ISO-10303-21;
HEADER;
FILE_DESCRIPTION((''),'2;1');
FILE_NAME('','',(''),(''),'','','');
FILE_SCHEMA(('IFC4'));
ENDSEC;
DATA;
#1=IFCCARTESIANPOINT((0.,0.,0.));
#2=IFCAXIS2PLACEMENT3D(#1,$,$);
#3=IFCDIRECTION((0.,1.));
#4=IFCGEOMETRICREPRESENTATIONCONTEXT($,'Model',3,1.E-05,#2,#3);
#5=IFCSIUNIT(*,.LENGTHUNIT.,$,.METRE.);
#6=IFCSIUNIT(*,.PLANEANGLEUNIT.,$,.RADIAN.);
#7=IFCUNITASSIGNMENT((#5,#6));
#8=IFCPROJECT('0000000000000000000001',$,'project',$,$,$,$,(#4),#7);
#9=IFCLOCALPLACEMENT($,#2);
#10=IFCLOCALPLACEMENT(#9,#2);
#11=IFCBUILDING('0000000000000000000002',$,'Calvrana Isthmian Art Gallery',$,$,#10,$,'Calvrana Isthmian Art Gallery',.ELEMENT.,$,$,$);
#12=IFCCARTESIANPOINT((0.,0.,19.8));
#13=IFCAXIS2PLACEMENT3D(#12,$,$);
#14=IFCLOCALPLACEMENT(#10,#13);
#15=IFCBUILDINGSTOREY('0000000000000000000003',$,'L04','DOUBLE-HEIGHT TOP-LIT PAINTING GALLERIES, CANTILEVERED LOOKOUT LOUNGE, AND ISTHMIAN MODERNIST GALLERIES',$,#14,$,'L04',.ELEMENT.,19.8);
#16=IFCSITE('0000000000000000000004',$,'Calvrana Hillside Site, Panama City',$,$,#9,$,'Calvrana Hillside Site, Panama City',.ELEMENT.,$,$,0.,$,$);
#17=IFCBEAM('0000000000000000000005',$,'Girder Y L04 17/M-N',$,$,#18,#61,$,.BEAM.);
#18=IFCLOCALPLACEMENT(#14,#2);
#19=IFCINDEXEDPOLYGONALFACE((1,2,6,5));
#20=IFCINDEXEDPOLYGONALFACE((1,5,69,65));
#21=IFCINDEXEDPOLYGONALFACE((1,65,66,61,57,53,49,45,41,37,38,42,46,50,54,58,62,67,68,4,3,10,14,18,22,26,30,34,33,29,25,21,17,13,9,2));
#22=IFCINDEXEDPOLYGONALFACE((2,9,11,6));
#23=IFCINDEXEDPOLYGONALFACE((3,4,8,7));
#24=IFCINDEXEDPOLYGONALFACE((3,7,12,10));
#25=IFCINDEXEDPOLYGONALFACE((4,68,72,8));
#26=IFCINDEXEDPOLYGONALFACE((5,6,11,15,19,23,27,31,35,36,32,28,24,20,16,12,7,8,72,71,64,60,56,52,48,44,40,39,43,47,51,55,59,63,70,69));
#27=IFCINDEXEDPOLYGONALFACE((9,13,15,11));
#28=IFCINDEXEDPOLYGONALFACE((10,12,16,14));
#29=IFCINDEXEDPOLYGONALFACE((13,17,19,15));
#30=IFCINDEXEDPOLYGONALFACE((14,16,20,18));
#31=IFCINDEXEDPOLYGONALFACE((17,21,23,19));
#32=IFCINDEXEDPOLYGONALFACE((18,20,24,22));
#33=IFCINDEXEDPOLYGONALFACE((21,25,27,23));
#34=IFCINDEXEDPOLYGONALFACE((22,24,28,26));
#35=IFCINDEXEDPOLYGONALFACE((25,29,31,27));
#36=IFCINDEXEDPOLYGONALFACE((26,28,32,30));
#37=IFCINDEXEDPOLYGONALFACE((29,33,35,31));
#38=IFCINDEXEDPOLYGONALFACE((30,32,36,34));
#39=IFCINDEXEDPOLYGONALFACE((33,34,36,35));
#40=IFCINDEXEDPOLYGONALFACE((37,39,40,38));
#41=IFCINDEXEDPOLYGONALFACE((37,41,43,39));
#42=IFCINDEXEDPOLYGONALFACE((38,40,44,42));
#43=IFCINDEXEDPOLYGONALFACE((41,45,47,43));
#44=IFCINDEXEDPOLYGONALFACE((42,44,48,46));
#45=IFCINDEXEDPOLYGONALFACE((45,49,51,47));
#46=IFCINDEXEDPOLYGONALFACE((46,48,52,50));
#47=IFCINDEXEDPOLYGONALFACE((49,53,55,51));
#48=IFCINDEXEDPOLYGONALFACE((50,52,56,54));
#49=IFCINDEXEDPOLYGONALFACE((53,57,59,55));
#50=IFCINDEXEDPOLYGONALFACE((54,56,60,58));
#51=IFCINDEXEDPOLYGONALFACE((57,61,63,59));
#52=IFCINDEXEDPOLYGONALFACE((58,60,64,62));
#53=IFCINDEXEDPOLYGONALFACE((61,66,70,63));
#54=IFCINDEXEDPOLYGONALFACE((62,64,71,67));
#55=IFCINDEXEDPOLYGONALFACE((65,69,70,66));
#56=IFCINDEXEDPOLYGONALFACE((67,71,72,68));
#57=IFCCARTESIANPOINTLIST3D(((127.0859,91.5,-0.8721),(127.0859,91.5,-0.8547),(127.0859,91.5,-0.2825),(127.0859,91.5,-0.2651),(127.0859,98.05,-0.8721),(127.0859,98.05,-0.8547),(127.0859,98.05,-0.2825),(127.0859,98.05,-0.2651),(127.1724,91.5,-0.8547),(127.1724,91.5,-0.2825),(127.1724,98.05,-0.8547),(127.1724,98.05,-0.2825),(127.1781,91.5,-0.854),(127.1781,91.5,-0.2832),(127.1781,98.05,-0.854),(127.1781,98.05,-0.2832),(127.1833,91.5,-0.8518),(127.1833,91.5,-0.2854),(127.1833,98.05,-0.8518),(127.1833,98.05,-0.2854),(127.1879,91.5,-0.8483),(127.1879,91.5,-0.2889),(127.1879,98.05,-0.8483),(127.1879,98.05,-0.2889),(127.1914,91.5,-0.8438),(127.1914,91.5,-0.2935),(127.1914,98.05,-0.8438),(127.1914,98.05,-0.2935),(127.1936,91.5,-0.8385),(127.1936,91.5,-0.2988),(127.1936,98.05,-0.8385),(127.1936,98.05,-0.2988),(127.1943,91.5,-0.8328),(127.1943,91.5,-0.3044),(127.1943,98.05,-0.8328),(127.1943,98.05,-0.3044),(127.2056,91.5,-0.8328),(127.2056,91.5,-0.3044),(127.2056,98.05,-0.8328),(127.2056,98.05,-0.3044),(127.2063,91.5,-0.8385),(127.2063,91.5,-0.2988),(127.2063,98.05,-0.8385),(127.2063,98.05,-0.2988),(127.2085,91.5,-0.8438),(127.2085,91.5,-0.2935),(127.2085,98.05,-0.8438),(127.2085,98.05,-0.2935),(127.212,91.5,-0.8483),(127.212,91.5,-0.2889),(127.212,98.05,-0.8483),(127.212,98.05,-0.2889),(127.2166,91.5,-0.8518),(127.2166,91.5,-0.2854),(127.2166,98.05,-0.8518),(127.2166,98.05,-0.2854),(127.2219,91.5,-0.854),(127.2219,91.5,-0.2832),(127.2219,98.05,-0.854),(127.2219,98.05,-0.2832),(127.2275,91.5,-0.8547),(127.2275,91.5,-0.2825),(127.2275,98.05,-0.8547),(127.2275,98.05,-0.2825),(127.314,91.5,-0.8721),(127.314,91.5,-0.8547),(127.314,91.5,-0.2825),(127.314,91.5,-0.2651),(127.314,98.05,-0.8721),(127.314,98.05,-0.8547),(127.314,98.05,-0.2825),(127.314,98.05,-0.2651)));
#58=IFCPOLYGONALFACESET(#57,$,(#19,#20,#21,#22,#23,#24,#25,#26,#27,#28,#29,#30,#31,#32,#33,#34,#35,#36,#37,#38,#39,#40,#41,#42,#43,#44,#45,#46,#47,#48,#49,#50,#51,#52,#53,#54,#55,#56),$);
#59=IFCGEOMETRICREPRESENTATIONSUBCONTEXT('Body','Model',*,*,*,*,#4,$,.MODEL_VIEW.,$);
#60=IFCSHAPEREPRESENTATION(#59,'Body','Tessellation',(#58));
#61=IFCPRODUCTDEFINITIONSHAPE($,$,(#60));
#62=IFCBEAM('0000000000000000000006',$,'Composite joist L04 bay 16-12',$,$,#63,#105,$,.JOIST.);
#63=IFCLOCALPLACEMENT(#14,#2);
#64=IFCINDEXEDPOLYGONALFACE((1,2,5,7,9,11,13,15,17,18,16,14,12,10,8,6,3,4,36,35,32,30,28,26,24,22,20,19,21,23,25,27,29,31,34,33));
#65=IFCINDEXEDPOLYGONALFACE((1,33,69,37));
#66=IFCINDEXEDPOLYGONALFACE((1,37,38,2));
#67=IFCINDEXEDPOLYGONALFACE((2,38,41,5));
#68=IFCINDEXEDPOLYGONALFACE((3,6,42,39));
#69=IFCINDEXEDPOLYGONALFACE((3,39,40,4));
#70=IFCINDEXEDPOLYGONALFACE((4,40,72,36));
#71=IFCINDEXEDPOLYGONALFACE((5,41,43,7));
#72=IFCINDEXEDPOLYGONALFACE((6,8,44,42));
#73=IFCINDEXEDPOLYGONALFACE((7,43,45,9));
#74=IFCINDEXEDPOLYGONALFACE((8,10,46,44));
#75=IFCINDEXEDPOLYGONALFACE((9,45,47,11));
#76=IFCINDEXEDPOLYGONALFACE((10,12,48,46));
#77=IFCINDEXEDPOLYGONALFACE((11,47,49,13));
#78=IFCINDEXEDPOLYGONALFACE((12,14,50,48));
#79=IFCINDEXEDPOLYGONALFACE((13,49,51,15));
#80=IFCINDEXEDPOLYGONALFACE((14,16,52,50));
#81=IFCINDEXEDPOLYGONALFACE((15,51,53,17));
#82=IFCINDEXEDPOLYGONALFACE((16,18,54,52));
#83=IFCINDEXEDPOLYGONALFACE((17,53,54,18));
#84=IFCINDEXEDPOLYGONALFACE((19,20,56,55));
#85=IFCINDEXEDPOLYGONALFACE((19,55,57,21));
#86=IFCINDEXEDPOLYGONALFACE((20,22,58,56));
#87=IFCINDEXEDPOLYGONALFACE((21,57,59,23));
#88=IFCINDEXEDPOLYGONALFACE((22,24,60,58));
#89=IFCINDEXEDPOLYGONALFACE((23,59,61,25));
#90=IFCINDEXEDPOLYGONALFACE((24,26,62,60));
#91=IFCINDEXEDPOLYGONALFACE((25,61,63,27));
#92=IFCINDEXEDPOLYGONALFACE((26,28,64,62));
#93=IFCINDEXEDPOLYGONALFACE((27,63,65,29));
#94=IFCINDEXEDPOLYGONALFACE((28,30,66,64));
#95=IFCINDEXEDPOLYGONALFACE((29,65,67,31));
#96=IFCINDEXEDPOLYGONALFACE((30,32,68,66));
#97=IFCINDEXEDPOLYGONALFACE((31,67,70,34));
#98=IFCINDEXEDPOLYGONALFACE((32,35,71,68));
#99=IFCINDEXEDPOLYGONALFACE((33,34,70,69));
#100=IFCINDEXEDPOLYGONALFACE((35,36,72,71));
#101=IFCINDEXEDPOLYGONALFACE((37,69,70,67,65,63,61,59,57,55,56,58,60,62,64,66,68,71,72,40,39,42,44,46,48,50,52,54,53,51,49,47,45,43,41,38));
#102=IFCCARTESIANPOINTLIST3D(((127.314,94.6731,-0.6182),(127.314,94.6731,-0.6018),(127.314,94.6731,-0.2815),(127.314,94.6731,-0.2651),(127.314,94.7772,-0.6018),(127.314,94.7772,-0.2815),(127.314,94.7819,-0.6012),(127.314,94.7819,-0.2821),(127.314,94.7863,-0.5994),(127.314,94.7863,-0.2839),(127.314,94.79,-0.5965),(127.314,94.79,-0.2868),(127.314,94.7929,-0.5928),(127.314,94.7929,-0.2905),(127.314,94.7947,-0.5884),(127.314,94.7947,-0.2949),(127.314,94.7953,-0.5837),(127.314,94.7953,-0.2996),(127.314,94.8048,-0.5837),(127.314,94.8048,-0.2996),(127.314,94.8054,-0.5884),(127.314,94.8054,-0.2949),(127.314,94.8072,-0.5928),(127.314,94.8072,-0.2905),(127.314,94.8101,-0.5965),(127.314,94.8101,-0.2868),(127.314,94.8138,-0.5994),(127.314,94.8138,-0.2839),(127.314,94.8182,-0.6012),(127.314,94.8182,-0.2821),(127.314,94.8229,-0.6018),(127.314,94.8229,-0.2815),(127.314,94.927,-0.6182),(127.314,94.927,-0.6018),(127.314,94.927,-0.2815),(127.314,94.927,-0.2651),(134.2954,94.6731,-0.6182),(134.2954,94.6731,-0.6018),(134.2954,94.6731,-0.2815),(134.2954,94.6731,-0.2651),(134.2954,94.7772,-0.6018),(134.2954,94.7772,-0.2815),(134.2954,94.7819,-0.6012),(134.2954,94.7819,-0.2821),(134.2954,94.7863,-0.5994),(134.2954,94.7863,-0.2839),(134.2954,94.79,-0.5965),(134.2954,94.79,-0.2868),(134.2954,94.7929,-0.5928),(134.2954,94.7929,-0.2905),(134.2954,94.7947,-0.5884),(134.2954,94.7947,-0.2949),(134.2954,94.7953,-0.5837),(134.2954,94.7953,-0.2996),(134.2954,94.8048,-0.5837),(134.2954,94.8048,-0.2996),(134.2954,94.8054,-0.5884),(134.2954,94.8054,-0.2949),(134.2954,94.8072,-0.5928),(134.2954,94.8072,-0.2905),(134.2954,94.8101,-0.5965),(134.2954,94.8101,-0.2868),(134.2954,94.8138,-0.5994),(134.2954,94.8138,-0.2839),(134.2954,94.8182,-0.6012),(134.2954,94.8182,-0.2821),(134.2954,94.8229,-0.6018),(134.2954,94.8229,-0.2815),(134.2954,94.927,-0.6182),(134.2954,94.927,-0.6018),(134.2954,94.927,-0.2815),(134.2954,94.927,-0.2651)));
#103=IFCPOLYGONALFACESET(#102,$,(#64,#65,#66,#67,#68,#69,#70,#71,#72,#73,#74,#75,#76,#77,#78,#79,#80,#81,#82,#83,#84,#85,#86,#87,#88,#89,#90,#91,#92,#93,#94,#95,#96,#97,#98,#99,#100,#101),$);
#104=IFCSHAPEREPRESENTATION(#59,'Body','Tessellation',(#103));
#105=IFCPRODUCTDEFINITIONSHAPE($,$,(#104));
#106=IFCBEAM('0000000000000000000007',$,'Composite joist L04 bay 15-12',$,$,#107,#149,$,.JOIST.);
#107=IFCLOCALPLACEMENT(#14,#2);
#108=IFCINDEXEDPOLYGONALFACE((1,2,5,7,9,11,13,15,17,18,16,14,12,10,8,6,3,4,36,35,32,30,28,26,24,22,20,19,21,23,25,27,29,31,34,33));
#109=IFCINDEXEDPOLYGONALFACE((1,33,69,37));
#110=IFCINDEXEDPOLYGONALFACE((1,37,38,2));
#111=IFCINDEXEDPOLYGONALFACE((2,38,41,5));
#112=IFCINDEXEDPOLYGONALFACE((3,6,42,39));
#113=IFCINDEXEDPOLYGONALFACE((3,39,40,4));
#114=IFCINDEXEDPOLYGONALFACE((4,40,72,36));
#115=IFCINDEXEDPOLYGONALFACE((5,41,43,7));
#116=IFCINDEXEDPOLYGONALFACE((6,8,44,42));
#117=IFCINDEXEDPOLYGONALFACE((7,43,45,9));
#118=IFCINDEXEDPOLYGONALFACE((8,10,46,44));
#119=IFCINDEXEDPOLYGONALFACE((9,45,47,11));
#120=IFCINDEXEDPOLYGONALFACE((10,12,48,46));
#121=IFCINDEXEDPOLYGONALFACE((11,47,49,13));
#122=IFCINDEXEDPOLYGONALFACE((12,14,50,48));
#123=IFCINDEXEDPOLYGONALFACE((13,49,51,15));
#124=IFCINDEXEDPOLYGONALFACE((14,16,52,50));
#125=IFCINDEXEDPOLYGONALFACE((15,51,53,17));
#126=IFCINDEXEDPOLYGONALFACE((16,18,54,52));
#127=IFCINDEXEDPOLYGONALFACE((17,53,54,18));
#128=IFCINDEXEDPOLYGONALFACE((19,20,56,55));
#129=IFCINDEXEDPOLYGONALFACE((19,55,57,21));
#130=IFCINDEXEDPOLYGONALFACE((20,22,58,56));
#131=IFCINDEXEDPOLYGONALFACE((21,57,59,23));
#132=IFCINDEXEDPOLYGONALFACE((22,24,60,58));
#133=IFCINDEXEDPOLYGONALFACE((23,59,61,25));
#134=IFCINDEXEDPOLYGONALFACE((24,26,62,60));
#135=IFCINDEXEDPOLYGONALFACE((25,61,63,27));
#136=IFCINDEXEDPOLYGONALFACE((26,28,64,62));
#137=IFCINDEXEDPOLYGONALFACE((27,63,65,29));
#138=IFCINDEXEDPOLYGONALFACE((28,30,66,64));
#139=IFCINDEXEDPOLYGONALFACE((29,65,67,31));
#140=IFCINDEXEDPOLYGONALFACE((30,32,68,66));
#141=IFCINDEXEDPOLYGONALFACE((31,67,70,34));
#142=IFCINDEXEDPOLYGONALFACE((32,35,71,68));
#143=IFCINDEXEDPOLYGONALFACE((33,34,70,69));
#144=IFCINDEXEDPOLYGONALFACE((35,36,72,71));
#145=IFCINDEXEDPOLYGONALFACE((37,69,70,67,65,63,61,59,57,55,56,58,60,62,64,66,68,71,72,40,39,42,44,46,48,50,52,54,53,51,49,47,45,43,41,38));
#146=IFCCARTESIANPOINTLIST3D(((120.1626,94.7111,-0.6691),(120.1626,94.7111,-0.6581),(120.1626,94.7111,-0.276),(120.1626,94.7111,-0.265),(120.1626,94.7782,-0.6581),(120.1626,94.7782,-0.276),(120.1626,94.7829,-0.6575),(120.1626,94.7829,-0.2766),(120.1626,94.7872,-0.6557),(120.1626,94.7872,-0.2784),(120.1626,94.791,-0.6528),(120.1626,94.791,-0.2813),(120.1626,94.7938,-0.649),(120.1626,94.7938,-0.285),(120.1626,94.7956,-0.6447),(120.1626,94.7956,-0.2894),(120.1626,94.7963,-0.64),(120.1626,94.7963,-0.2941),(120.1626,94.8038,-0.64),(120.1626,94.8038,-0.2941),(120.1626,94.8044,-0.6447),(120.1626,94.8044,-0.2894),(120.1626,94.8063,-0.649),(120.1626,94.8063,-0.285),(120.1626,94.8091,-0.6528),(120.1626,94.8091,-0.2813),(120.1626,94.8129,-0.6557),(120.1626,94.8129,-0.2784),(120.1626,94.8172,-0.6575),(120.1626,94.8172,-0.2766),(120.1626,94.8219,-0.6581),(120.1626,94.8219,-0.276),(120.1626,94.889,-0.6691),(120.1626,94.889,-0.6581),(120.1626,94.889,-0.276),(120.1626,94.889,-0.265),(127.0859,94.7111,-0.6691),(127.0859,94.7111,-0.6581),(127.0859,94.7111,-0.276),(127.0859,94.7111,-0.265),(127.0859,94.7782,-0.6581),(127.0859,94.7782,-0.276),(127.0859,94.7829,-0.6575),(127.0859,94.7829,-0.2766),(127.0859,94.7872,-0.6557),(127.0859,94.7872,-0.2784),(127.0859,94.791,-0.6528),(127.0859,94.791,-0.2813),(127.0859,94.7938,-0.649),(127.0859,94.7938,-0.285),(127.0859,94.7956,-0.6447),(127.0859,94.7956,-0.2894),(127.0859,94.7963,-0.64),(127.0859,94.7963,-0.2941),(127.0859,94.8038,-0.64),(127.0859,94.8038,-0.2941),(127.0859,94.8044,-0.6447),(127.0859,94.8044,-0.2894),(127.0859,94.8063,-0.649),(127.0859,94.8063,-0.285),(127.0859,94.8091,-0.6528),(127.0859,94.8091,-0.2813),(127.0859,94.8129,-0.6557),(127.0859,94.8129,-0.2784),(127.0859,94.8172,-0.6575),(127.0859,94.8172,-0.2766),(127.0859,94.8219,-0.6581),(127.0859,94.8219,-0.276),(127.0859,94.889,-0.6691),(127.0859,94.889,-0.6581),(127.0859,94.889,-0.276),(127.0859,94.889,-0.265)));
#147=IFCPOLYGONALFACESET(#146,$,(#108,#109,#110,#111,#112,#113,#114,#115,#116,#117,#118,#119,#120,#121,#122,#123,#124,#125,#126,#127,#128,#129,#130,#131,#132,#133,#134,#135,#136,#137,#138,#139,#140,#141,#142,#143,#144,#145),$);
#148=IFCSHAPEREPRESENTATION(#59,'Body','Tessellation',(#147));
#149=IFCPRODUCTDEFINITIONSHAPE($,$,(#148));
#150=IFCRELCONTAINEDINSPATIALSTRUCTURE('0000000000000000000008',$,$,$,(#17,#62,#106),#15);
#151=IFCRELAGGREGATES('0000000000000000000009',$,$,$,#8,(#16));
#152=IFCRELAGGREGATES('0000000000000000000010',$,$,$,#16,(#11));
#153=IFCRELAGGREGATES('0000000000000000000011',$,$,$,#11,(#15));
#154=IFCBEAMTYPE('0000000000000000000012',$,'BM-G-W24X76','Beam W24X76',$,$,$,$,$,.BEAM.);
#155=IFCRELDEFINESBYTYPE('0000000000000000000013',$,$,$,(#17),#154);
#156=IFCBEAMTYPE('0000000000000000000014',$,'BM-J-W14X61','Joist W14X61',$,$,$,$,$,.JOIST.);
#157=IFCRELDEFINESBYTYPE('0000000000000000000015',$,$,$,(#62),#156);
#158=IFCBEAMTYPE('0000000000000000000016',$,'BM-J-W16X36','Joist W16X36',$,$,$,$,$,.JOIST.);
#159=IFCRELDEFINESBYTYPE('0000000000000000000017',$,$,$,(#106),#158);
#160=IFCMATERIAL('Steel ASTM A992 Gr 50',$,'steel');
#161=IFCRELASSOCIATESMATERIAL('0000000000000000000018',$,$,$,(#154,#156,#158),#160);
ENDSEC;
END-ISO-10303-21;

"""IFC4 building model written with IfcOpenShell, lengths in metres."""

from ifc_helpers import new_model, si_unit, direction, frame, origin, origin_2d, place, context, subcontext, project, spatial, i_section, extrude, material, material_profile, profile_set, type_object, element, save


model = new_model("IFC4")

# Units and contexts
model_context = context("Model", 3, precision=1e-05, world=origin(), true_north=direction((0.0, 1.0)))
body_context = subcontext(model_context, "Body", "Model", "MODEL_VIEW")
ifc_project = project(units=[si_unit("LENGTHUNIT", "METRE"), si_unit("PLANEANGLEUNIT", "RADIAN")], contexts=[model_context])

# Site, building, storey
site_placement = place(None, origin())
site = spatial("IfcSite", under=ifc_project, at=site_placement, Name="Calvrana Hillside Site, Panama City", LongName="Calvrana Hillside Site, Panama City", CompositionType="ELEMENT", RefElevation=0.0)
building_placement = place(site_placement, origin())
building = spatial("IfcBuilding", under=site, at=building_placement, Name="Calvrana Isthmian Art Gallery", LongName="Calvrana Isthmian Art Gallery", CompositionType="ELEMENT")
storey_placement = place(building_placement, frame((0.0, 0.0, 19.8)))
storey = spatial("IfcBuildingStorey", under=building, at=storey_placement, Name="L04", Description="DOUBLE-HEIGHT TOP-LIT PAINTING GALLERIES, CANTILEVERED LOOKOUT LOUNGE, AND ISTHMIAN MODERNIST GALLERIES", LongName="L04", CompositionType="ELEMENT", Elevation=19.8)

# Shared definitions
ifc_material_1 = material(Name="Steel ASTM A992 Gr 50", Category="steel")

# Beams
ifc_material_profile_1 = material_profile(ifc_material_1, i_section(OverallWidth=0.228, OverallDepth=0.6069, WebThickness=0.0112, FlangeThickness=0.0173, FilletRadius=0.022, at=origin_2d()), Name="W24X76")
ifc_profile_set_1 = profile_set([ifc_material_profile_1], Name="Steel ASTM A992 Gr 50")
beam_type_1 = type_object("IfcBeamType", Name="BM-G-W24X76", Description="Beam W24X76", PredefinedType="BEAM", material=ifc_profile_set_1)
beam_1_placement = place(storey_placement, frame((127.2, 91.5, -0.5686), z_axis=(0.0, 1.0, 0.0), x_axis=(-1.0, 0.0, 0.0)))
element("IfcBeam", 1, at=beam_1_placement, inside=storey, type_object=beam_type_1, Name="Girder Y L04 17/M-N", PredefinedType="BEAM", context=body_context, shape_type="SweptSolid", body=[
    extrude(i_section(OverallWidth=0.228, OverallDepth=0.6069, WebThickness=0.0112, FlangeThickness=0.0173, FilletRadius=0.022, at=origin_2d()), origin(), (0.0, 0.0, 1.0), 6.55),
])
ifc_material_profile_2 = material_profile(ifc_material_1, i_section(OverallWidth=0.2539, OverallDepth=0.353, WebThickness=0.0095, FlangeThickness=0.0164, FilletRadius=0.0181, at=origin_2d()), Name="W14X61")
ifc_profile_set_2 = profile_set([ifc_material_profile_2], Name="Steel ASTM A992 Gr 50")
beam_type_2 = type_object("IfcBeamType", Name="BM-J-W14X61", Description="Joist W14X61", PredefinedType="JOIST", material=ifc_profile_set_2)
beam_2_placement = place(storey_placement, frame((127.314, 94.8, -0.4417), z_axis=(1.0, 0.0, 0.0), x_axis=(0.0, 1.0, 0.0)))
element("IfcBeam", 2, at=beam_2_placement, inside=storey, type_object=beam_type_2, Name="Composite joist L04 bay 16-12", PredefinedType="JOIST", context=body_context, shape_type="SweptSolid", body=[
    extrude(i_section(OverallWidth=0.2539, OverallDepth=0.353, WebThickness=0.0095, FlangeThickness=0.0164, FilletRadius=0.0181, at=origin_2d()), origin(), (0.0, 0.0, 1.0), 6.9814),
])
ifc_material_profile_3 = material_profile(ifc_material_1, i_section(OverallWidth=0.178, OverallDepth=0.4041, WebThickness=0.0076, FlangeThickness=0.011, FilletRadius=0.0181, at=origin_2d()), Name="W16X36")
ifc_profile_set_3 = profile_set([ifc_material_profile_3], Name="Steel ASTM A992 Gr 50")
beam_type_3 = type_object("IfcBeamType", Name="BM-J-W16X36", Description="Joist W16X36", PredefinedType="JOIST", material=ifc_profile_set_3)
beam_3_placement = place(storey_placement, frame((120.1626, 94.8, -0.467), z_axis=(1.0, 0.0, 0.0), x_axis=(0.0, 1.0, 0.0)))
element("IfcBeam", 3, at=beam_3_placement, inside=storey, type_object=beam_type_3, Name="Composite joist L04 bay 15-12", PredefinedType="JOIST", context=body_context, shape_type="SweptSolid", body=[
    extrude(i_section(OverallWidth=0.178, OverallDepth=0.4041, WebThickness=0.0076, FlangeThickness=0.011, FilletRadius=0.0181, at=origin_2d()), origin(), (0.0, 0.0, 1.0), 6.9233),
])

save(model, "model.ifc")
